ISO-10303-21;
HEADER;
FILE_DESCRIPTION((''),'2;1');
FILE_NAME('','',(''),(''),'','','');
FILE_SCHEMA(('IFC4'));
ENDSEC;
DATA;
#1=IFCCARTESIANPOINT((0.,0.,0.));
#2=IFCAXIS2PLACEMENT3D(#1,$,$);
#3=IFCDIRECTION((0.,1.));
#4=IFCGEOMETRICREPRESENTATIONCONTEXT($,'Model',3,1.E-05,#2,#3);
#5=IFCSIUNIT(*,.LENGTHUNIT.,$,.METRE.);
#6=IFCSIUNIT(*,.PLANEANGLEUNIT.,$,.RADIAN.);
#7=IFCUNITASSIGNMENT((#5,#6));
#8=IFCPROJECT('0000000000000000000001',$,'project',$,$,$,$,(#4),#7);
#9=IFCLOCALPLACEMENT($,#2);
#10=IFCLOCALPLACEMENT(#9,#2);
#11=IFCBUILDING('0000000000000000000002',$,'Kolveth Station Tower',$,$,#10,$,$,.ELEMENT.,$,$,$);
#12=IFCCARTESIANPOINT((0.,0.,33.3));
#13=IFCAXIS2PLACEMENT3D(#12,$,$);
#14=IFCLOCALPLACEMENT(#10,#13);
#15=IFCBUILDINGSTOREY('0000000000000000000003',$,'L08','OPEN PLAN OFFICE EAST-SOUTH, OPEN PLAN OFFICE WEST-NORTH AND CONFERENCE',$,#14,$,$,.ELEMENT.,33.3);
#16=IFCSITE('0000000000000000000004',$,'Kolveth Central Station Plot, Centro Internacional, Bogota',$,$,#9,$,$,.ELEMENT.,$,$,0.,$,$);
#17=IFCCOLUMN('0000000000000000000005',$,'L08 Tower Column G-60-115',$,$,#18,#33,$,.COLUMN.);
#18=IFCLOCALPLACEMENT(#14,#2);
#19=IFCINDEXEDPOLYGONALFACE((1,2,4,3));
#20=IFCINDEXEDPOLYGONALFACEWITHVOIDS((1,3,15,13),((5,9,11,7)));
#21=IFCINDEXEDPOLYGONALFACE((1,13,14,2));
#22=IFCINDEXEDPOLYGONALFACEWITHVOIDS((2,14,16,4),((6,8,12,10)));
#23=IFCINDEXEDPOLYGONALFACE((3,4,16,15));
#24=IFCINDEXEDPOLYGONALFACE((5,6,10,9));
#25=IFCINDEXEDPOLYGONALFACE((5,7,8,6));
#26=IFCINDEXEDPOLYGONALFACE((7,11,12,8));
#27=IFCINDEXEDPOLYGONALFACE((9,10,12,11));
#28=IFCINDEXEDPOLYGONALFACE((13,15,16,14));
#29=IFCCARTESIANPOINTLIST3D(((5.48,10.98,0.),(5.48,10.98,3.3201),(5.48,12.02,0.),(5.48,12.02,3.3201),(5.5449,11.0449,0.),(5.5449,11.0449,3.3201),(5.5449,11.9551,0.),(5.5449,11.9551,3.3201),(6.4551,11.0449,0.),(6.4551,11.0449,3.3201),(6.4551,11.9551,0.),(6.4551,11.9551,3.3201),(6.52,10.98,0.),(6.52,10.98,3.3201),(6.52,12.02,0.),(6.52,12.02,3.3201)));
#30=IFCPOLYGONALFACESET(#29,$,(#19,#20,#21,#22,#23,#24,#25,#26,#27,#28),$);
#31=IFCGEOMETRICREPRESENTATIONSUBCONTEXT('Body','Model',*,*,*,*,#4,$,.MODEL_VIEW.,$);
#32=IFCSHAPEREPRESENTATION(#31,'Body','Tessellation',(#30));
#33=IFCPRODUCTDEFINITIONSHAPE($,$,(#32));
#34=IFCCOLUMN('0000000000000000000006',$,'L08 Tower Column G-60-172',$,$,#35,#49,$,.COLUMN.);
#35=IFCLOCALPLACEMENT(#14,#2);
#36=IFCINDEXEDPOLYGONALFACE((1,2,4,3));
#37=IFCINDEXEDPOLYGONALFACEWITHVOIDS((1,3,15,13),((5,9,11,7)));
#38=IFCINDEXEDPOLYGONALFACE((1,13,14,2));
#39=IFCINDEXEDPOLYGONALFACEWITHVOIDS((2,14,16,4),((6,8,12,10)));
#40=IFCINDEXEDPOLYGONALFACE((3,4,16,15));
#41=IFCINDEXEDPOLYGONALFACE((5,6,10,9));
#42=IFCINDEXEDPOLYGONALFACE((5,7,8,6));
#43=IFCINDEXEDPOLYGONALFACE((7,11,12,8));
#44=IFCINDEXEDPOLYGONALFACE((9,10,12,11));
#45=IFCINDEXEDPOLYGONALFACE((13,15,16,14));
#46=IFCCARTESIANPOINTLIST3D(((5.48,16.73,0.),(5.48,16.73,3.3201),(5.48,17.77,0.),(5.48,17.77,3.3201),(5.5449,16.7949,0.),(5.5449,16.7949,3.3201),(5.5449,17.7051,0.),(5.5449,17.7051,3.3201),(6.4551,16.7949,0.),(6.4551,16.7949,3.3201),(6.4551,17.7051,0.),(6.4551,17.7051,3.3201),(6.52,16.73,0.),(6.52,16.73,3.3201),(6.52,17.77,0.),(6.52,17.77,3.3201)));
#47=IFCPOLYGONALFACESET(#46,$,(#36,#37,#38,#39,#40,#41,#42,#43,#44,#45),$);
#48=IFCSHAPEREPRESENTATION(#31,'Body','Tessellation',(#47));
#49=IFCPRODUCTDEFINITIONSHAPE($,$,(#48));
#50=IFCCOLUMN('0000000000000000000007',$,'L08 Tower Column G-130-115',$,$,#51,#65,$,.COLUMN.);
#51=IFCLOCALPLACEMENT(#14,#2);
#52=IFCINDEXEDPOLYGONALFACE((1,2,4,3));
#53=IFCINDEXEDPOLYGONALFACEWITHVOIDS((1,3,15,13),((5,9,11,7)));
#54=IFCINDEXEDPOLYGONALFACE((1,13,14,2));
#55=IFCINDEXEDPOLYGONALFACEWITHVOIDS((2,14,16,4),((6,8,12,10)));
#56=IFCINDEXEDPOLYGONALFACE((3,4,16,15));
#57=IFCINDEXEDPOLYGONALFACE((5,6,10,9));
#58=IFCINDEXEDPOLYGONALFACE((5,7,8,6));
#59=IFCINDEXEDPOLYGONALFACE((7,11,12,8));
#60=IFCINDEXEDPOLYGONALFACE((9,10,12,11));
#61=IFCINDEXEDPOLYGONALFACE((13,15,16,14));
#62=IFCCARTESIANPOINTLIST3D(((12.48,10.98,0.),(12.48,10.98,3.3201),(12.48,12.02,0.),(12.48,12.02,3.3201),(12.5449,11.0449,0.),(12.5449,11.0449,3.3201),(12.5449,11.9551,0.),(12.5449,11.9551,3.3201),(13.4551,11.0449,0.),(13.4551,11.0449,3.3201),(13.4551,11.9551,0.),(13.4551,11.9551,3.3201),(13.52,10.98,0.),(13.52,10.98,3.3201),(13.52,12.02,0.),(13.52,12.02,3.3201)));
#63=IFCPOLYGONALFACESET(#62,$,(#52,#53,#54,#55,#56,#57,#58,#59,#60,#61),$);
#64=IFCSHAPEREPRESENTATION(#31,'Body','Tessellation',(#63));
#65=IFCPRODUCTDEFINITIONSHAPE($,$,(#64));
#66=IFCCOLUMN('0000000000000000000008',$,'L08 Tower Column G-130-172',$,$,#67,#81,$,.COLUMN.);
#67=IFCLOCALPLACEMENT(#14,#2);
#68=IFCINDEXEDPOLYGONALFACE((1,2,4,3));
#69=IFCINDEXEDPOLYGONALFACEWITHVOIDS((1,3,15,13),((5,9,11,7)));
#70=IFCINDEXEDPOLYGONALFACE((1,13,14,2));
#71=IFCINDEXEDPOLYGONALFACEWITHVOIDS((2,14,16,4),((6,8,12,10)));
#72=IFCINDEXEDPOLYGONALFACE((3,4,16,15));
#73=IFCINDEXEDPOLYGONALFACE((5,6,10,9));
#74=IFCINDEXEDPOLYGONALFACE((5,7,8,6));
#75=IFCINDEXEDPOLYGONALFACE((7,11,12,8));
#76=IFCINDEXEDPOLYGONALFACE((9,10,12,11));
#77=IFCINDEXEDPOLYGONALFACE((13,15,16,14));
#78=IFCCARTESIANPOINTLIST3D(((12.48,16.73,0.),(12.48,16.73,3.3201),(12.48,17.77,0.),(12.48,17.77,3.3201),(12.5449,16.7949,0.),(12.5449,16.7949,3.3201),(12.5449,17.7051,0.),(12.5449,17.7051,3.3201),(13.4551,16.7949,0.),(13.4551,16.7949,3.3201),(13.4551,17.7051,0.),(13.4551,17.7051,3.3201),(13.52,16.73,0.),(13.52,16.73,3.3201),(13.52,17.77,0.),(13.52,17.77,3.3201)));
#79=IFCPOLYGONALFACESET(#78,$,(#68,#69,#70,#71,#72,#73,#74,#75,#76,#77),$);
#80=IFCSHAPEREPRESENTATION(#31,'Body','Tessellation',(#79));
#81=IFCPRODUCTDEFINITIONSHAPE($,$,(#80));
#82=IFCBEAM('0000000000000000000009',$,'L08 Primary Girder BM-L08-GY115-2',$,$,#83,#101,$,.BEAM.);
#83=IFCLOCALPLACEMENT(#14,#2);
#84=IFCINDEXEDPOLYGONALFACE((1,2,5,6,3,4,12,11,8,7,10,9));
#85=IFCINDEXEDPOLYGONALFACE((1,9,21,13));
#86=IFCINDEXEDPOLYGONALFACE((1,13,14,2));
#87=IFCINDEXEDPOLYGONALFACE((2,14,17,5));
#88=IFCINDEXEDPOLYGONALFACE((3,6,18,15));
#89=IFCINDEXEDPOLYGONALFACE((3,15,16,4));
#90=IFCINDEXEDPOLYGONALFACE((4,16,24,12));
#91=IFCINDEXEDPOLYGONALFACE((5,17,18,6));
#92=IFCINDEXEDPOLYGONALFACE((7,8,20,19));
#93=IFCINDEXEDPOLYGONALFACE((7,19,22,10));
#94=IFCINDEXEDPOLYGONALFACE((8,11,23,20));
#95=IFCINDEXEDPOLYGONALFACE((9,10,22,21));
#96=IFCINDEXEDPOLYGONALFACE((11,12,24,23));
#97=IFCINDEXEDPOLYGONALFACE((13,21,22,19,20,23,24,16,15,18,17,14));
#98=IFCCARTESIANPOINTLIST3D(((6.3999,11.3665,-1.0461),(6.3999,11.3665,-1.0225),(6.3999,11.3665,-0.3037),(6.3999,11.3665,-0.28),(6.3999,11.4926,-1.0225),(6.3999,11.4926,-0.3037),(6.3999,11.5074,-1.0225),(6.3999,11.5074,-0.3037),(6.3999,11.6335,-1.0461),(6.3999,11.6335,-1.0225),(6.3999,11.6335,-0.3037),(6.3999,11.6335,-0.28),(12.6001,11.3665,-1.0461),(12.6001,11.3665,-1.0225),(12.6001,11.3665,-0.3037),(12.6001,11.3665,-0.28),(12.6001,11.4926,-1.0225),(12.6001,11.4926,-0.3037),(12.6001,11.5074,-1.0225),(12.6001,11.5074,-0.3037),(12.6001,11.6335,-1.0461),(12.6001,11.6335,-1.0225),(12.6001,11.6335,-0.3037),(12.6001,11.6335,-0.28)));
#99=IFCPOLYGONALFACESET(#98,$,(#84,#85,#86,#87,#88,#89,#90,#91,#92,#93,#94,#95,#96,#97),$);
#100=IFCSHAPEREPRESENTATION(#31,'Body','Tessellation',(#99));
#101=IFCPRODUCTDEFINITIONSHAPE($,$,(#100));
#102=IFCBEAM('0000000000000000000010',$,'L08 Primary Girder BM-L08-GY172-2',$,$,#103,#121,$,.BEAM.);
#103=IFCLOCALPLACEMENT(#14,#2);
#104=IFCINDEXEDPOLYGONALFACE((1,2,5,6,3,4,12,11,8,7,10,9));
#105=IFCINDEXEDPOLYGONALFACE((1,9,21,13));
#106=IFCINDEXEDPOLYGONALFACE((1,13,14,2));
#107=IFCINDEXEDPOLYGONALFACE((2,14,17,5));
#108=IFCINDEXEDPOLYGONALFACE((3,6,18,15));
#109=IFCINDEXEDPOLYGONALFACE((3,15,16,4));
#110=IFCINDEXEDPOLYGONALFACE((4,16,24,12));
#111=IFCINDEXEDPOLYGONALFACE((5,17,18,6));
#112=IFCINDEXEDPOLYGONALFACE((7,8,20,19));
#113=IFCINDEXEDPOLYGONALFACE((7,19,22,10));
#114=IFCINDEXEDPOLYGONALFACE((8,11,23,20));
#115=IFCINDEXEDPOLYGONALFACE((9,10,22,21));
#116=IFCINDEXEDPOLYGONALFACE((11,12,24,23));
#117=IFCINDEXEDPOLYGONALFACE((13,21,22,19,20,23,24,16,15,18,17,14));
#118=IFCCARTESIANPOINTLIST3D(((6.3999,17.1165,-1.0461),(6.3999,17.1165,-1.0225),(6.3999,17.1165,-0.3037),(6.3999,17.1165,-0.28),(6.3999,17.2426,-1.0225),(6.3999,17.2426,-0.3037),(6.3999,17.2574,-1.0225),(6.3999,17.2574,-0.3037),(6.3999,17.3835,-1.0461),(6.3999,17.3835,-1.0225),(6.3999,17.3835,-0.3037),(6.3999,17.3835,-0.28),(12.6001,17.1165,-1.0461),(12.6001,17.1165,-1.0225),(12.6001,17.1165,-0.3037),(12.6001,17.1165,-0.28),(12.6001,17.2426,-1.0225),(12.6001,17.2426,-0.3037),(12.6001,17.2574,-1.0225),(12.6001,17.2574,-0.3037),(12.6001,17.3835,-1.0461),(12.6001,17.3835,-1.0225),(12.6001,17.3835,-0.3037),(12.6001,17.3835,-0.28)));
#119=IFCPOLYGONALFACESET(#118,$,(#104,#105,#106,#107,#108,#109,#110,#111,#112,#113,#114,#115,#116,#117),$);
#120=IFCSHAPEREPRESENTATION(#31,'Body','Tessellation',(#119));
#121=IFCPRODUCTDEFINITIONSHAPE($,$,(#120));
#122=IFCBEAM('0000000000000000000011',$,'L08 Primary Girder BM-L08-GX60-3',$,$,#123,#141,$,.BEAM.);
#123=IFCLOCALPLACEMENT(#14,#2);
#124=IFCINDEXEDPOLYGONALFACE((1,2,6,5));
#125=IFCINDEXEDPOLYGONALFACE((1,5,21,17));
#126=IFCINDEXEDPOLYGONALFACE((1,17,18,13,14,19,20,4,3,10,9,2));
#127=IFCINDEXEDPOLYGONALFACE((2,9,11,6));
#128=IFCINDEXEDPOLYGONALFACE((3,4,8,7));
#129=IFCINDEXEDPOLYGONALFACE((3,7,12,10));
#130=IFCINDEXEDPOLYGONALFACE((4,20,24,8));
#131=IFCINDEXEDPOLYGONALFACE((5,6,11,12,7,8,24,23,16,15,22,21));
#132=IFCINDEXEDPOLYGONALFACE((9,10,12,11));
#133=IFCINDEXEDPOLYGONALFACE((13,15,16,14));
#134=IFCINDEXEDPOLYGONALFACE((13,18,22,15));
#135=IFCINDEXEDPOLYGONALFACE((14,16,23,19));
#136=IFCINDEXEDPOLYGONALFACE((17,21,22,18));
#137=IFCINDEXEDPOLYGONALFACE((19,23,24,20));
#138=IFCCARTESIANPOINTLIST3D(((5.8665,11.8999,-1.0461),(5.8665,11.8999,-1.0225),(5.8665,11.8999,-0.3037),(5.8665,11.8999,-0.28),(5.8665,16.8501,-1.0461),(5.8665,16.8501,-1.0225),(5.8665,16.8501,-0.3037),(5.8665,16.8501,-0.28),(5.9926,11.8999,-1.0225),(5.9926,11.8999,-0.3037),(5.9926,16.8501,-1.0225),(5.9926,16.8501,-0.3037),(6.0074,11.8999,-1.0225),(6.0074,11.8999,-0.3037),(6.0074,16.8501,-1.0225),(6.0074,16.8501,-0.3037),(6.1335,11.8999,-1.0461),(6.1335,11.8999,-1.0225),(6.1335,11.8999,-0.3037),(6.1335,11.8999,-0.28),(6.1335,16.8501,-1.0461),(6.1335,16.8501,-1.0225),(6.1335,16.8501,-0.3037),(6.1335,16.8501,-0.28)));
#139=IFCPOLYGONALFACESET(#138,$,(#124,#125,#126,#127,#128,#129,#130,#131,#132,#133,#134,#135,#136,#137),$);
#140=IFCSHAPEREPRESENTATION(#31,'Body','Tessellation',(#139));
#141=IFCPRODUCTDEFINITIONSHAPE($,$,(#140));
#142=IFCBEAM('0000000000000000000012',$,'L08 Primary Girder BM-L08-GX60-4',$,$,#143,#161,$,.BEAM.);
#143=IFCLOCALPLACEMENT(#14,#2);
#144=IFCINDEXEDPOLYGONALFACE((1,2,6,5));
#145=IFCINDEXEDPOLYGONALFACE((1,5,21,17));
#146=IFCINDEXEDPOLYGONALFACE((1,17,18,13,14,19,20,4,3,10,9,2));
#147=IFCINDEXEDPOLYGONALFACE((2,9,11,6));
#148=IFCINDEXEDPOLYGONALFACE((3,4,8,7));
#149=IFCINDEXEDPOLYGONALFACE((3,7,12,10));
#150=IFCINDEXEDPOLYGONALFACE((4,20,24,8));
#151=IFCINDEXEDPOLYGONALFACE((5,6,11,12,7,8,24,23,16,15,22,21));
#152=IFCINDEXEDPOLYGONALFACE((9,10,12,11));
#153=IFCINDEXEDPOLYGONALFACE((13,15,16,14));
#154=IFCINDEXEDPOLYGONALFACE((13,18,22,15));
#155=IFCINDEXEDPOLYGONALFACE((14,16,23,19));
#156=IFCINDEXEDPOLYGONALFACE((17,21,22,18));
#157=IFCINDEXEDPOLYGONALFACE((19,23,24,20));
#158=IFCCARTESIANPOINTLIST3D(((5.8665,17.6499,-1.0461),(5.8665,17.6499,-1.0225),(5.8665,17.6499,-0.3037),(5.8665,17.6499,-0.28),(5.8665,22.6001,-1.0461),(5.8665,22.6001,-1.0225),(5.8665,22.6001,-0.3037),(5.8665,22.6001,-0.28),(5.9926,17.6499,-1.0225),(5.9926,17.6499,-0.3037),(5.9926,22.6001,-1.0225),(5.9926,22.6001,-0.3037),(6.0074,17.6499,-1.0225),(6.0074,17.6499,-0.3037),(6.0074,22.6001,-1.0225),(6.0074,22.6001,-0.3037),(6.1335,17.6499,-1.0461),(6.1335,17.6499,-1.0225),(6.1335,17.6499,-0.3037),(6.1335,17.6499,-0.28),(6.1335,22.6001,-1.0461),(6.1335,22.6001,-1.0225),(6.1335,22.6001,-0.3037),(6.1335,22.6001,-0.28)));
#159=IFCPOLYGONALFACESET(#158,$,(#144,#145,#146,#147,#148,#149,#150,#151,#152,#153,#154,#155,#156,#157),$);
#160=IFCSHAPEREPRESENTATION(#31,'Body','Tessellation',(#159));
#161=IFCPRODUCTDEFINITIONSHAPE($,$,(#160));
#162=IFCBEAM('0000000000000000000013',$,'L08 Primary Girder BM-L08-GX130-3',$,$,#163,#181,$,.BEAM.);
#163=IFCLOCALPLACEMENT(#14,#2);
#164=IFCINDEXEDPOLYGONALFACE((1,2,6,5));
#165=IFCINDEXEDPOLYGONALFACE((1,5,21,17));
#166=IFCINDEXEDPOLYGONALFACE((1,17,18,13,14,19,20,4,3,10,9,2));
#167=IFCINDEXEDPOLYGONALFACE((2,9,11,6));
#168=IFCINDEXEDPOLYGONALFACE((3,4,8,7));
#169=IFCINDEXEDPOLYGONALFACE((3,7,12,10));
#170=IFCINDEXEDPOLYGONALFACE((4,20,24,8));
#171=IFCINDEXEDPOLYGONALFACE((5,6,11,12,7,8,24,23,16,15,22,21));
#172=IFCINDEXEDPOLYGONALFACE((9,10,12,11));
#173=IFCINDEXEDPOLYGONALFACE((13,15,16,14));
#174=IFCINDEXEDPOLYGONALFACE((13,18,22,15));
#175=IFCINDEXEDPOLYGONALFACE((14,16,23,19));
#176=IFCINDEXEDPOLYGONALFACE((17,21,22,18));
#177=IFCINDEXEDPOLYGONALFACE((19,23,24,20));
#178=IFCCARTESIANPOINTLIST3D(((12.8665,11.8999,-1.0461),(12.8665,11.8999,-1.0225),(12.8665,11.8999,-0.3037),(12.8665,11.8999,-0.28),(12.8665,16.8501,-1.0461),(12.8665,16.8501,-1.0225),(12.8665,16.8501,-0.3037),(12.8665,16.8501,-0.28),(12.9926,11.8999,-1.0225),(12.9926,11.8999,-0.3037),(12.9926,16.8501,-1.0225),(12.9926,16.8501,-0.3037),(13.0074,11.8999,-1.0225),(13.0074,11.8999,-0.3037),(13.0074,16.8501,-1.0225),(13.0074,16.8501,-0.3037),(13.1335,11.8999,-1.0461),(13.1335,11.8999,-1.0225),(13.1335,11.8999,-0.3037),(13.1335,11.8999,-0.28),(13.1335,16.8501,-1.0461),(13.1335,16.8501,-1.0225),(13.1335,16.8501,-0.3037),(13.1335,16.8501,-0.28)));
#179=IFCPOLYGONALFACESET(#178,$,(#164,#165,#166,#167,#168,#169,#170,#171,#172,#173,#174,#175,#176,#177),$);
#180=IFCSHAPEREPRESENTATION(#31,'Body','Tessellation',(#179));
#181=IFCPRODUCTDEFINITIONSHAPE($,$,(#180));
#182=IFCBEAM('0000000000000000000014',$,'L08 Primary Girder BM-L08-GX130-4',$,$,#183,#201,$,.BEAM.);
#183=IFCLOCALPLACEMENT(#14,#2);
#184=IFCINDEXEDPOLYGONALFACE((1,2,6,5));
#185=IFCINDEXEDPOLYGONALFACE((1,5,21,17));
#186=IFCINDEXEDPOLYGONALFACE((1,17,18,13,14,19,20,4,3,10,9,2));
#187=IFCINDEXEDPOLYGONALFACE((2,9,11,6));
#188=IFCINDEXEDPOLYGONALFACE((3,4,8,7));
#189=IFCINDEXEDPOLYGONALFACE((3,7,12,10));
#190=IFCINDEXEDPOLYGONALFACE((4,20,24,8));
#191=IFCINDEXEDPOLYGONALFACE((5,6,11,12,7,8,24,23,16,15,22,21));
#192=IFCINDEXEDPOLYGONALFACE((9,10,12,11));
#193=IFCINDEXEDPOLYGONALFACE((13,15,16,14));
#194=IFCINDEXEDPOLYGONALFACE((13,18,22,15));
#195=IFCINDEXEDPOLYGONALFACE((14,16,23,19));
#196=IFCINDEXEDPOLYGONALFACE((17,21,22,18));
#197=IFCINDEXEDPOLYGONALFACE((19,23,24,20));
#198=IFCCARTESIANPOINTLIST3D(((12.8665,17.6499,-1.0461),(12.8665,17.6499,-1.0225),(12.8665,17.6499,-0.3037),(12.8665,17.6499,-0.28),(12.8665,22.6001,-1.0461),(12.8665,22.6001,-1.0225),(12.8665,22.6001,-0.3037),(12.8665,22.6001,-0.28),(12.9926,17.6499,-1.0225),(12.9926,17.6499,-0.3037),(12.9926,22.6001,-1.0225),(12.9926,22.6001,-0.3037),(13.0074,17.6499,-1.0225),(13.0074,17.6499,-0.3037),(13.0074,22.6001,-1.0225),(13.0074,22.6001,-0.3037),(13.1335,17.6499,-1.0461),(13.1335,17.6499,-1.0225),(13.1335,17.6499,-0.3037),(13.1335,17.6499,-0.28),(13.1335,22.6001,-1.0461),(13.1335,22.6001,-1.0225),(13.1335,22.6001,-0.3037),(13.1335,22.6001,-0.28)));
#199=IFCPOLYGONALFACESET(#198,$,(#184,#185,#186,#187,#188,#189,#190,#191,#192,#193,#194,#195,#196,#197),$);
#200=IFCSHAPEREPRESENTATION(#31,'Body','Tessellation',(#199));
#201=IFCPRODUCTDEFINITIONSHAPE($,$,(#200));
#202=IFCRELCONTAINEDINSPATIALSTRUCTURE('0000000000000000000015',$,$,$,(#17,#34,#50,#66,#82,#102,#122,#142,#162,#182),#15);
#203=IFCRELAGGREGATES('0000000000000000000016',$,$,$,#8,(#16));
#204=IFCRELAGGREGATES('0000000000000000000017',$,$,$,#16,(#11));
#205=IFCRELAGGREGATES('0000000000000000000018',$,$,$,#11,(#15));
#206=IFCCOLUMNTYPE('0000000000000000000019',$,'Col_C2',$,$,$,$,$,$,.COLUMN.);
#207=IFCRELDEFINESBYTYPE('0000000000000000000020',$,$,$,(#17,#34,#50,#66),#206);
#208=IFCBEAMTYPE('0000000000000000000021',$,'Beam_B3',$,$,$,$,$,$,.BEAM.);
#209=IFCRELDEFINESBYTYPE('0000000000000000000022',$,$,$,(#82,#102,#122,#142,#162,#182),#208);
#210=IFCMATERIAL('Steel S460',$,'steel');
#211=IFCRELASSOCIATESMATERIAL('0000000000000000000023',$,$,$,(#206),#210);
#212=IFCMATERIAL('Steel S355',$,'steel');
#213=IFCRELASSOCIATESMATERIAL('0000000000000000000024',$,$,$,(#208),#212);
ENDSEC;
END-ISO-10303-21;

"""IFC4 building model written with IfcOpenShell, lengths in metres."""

from ifc_helpers import new_model, si_unit, direction, frame, origin, origin_2d, place, context, subcontext, project, spatial, hollow_rectangle, i_section, extrude, source, transform, mapped, material, material_profile, profile_set, type_object, element, save


model = new_model("IFC4")

# Units and contexts
model_context = context("Model", 3, precision=1e-05, world=origin(), true_north=direction((0.0, 1.0)))
body_context = subcontext(model_context, "Body", "Model", "MODEL_VIEW")
ifc_project = project(units=[si_unit("LENGTHUNIT", "METRE"), si_unit("PLANEANGLEUNIT", "RADIAN")], contexts=[model_context])

# Site, building, storey
site_placement = place(None, origin())
site = spatial("IfcSite", under=ifc_project, at=site_placement, Name="Kolveth Central Station Plot, Centro Internacional, Bogota", CompositionType="ELEMENT", RefElevation=0.0)
building_placement = place(site_placement, origin())
building = spatial("IfcBuilding", under=site, at=building_placement, Name="Kolveth Station Tower", CompositionType="ELEMENT")
storey_placement = place(building_placement, frame((0.0, 0.0, 33.3)))
storey = spatial("IfcBuildingStorey", under=building, at=storey_placement, Name="L08", Description="OPEN PLAN OFFICE EAST-SOUTH, OPEN PLAN OFFICE WEST-NORTH AND CONFERENCE", CompositionType="ELEMENT", Elevation=33.3)

# Columns
ifc_material_1 = material(Name="Steel S460", Category="steel")
ifc_material_profile_1 = material_profile(ifc_material_1, hollow_rectangle(XDim=1.04, YDim=1.04, WallThickness=0.0649, at=origin_2d()), Name="BOX1040x1040x65")
ifc_profile_set_1 = profile_set([ifc_material_profile_1], Name="Steel S460")
column_type = type_object("IfcColumnType", Name="Col_C2", PredefinedType="COLUMN", material=ifc_profile_set_1)
shared_shape_1 = source(origin(), body_context, "Body", "SweptSolid", [
    extrude(hollow_rectangle(XDim=1.04, YDim=1.04, WallThickness=0.0649, at=origin_2d()), origin(), (0.0, 0.0, 1.0), 3.3201),
])
for number, where, z_axis, x_axis, name in (
    (1, (6.0, 11.5, 0.0), (0.0, 0.0, 1.0), (1.0, 0.0, 0.0), "L08 Tower Column G-60-115"),
    (2, (6.0, 17.25, 0.0), (0.0, 0.0, 1.0), (1.0, 0.0, 0.0), "L08 Tower Column G-60-172"),
    (3, (13.0, 11.5, 0.0), (0.0, 0.0, 1.0), (1.0, 0.0, 0.0), "L08 Tower Column G-130-115"),
    (4, (13.0, 17.25, 0.0), (0.0, 0.0, 1.0), (1.0, 0.0, 0.0), "L08 Tower Column G-130-172"),
):
    element("IfcColumn", number, at=place(storey_placement, frame(where, z_axis=z_axis, x_axis=x_axis)), inside=storey, type_object=column_type, Name=name, PredefinedType="COLUMN", context=body_context, shape_type="MappedRepresentation", body=[
        mapped(shared_shape_1, transform((0.0, 0.0, 0.0), x_axis=(1.0, 0.0, 0.0), y_axis=(0.0, 1.0, 0.0), z_axis=(0.0, 0.0, 1.0), scale=1.0)),
    ])

# Beams
ifc_material_2 = material(Name="Steel S355", Category="steel")
ifc_material_profile_2 = material_profile(ifc_material_2, i_section(OverallWidth=0.2671, OverallDepth=0.7661, WebThickness=0.0149, FlangeThickness=0.0237, at=origin_2d()), Name="W760x185")
ifc_profile_set_2 = profile_set([ifc_material_profile_2], Name="Steel S355")
beam_type_1 = type_object("IfcBeamType", Name="Beam_B3", PredefinedType="BEAM", material=ifc_profile_set_2)
shared_shape_2 = source(origin(), body_context, "Body", "SweptSolid", [
    extrude(i_section(OverallWidth=0.2671, OverallDepth=0.7661, WebThickness=0.0149, FlangeThickness=0.0237, at=origin_2d()), origin(), (0.0, 0.0, 1.0), 6.2002),
])
for number, where, z_axis, x_axis, name in (
    (5, (6.3999, 11.5, -0.6631), (1.0, 0.0, 0.0), (0.0, 1.0, 0.0), "L08 Primary Girder BM-L08-GY115-2"),
    (6, (6.3999, 17.25, -0.6631), (1.0, 0.0, 0.0), (0.0, 1.0, 0.0), "L08 Primary Girder BM-L08-GY172-2"),
):
    element("IfcBeam", number, at=place(storey_placement, frame(where, z_axis=z_axis, x_axis=x_axis)), inside=storey, type_object=beam_type_1, Name=name, PredefinedType="BEAM", context=body_context, shape_type="MappedRepresentation", body=[
        mapped(shared_shape_2, transform((0.0, 0.0, 0.0), x_axis=(1.0, 0.0, 0.0), y_axis=(0.0, 1.0, 0.0), z_axis=(0.0, 0.0, 1.0), scale=1.0)),
    ])
shared_shape_3 = source(origin(), body_context, "Body", "SweptSolid", [
    extrude(i_section(OverallWidth=0.2671, OverallDepth=0.7661, WebThickness=0.0149, FlangeThickness=0.0237, at=origin_2d()), origin(), (0.0, 0.0, 1.0), 4.9502),
])
for number, where, z_axis, x_axis, name in (
    (7, (6.0, 11.8999, -0.6631), (0.0, 1.0, 0.0), (-1.0, 0.0, 0.0), "L08 Primary Girder BM-L08-GX60-3"),
    (8, (6.0, 17.6499, -0.6631), (0.0, 1.0, 0.0), (-1.0, 0.0, 0.0), "L08 Primary Girder BM-L08-GX60-4"),
    (9, (13.0, 11.8999, -0.6631), (0.0, 1.0, 0.0), (-1.0, 0.0, 0.0), "L08 Primary Girder BM-L08-GX130-3"),
    (10, (13.0, 17.6499, -0.6631), (0.0, 1.0, 0.0), (-1.0, 0.0, 0.0), "L08 Primary Girder BM-L08-GX130-4"),
):
    element("IfcBeam", number, at=place(storey_placement, frame(where, z_axis=z_axis, x_axis=x_axis)), inside=storey, type_object=beam_type_1, Name=name, PredefinedType="BEAM", context=body_context, shape_type="MappedRepresentation", body=[
        mapped(shared_shape_3, transform((0.0, 0.0, 0.0), x_axis=(1.0, 0.0, 0.0), y_axis=(0.0, 1.0, 0.0), z_axis=(0.0, 0.0, 1.0), scale=1.0)),
    ])

save(model, "model.ifc")
